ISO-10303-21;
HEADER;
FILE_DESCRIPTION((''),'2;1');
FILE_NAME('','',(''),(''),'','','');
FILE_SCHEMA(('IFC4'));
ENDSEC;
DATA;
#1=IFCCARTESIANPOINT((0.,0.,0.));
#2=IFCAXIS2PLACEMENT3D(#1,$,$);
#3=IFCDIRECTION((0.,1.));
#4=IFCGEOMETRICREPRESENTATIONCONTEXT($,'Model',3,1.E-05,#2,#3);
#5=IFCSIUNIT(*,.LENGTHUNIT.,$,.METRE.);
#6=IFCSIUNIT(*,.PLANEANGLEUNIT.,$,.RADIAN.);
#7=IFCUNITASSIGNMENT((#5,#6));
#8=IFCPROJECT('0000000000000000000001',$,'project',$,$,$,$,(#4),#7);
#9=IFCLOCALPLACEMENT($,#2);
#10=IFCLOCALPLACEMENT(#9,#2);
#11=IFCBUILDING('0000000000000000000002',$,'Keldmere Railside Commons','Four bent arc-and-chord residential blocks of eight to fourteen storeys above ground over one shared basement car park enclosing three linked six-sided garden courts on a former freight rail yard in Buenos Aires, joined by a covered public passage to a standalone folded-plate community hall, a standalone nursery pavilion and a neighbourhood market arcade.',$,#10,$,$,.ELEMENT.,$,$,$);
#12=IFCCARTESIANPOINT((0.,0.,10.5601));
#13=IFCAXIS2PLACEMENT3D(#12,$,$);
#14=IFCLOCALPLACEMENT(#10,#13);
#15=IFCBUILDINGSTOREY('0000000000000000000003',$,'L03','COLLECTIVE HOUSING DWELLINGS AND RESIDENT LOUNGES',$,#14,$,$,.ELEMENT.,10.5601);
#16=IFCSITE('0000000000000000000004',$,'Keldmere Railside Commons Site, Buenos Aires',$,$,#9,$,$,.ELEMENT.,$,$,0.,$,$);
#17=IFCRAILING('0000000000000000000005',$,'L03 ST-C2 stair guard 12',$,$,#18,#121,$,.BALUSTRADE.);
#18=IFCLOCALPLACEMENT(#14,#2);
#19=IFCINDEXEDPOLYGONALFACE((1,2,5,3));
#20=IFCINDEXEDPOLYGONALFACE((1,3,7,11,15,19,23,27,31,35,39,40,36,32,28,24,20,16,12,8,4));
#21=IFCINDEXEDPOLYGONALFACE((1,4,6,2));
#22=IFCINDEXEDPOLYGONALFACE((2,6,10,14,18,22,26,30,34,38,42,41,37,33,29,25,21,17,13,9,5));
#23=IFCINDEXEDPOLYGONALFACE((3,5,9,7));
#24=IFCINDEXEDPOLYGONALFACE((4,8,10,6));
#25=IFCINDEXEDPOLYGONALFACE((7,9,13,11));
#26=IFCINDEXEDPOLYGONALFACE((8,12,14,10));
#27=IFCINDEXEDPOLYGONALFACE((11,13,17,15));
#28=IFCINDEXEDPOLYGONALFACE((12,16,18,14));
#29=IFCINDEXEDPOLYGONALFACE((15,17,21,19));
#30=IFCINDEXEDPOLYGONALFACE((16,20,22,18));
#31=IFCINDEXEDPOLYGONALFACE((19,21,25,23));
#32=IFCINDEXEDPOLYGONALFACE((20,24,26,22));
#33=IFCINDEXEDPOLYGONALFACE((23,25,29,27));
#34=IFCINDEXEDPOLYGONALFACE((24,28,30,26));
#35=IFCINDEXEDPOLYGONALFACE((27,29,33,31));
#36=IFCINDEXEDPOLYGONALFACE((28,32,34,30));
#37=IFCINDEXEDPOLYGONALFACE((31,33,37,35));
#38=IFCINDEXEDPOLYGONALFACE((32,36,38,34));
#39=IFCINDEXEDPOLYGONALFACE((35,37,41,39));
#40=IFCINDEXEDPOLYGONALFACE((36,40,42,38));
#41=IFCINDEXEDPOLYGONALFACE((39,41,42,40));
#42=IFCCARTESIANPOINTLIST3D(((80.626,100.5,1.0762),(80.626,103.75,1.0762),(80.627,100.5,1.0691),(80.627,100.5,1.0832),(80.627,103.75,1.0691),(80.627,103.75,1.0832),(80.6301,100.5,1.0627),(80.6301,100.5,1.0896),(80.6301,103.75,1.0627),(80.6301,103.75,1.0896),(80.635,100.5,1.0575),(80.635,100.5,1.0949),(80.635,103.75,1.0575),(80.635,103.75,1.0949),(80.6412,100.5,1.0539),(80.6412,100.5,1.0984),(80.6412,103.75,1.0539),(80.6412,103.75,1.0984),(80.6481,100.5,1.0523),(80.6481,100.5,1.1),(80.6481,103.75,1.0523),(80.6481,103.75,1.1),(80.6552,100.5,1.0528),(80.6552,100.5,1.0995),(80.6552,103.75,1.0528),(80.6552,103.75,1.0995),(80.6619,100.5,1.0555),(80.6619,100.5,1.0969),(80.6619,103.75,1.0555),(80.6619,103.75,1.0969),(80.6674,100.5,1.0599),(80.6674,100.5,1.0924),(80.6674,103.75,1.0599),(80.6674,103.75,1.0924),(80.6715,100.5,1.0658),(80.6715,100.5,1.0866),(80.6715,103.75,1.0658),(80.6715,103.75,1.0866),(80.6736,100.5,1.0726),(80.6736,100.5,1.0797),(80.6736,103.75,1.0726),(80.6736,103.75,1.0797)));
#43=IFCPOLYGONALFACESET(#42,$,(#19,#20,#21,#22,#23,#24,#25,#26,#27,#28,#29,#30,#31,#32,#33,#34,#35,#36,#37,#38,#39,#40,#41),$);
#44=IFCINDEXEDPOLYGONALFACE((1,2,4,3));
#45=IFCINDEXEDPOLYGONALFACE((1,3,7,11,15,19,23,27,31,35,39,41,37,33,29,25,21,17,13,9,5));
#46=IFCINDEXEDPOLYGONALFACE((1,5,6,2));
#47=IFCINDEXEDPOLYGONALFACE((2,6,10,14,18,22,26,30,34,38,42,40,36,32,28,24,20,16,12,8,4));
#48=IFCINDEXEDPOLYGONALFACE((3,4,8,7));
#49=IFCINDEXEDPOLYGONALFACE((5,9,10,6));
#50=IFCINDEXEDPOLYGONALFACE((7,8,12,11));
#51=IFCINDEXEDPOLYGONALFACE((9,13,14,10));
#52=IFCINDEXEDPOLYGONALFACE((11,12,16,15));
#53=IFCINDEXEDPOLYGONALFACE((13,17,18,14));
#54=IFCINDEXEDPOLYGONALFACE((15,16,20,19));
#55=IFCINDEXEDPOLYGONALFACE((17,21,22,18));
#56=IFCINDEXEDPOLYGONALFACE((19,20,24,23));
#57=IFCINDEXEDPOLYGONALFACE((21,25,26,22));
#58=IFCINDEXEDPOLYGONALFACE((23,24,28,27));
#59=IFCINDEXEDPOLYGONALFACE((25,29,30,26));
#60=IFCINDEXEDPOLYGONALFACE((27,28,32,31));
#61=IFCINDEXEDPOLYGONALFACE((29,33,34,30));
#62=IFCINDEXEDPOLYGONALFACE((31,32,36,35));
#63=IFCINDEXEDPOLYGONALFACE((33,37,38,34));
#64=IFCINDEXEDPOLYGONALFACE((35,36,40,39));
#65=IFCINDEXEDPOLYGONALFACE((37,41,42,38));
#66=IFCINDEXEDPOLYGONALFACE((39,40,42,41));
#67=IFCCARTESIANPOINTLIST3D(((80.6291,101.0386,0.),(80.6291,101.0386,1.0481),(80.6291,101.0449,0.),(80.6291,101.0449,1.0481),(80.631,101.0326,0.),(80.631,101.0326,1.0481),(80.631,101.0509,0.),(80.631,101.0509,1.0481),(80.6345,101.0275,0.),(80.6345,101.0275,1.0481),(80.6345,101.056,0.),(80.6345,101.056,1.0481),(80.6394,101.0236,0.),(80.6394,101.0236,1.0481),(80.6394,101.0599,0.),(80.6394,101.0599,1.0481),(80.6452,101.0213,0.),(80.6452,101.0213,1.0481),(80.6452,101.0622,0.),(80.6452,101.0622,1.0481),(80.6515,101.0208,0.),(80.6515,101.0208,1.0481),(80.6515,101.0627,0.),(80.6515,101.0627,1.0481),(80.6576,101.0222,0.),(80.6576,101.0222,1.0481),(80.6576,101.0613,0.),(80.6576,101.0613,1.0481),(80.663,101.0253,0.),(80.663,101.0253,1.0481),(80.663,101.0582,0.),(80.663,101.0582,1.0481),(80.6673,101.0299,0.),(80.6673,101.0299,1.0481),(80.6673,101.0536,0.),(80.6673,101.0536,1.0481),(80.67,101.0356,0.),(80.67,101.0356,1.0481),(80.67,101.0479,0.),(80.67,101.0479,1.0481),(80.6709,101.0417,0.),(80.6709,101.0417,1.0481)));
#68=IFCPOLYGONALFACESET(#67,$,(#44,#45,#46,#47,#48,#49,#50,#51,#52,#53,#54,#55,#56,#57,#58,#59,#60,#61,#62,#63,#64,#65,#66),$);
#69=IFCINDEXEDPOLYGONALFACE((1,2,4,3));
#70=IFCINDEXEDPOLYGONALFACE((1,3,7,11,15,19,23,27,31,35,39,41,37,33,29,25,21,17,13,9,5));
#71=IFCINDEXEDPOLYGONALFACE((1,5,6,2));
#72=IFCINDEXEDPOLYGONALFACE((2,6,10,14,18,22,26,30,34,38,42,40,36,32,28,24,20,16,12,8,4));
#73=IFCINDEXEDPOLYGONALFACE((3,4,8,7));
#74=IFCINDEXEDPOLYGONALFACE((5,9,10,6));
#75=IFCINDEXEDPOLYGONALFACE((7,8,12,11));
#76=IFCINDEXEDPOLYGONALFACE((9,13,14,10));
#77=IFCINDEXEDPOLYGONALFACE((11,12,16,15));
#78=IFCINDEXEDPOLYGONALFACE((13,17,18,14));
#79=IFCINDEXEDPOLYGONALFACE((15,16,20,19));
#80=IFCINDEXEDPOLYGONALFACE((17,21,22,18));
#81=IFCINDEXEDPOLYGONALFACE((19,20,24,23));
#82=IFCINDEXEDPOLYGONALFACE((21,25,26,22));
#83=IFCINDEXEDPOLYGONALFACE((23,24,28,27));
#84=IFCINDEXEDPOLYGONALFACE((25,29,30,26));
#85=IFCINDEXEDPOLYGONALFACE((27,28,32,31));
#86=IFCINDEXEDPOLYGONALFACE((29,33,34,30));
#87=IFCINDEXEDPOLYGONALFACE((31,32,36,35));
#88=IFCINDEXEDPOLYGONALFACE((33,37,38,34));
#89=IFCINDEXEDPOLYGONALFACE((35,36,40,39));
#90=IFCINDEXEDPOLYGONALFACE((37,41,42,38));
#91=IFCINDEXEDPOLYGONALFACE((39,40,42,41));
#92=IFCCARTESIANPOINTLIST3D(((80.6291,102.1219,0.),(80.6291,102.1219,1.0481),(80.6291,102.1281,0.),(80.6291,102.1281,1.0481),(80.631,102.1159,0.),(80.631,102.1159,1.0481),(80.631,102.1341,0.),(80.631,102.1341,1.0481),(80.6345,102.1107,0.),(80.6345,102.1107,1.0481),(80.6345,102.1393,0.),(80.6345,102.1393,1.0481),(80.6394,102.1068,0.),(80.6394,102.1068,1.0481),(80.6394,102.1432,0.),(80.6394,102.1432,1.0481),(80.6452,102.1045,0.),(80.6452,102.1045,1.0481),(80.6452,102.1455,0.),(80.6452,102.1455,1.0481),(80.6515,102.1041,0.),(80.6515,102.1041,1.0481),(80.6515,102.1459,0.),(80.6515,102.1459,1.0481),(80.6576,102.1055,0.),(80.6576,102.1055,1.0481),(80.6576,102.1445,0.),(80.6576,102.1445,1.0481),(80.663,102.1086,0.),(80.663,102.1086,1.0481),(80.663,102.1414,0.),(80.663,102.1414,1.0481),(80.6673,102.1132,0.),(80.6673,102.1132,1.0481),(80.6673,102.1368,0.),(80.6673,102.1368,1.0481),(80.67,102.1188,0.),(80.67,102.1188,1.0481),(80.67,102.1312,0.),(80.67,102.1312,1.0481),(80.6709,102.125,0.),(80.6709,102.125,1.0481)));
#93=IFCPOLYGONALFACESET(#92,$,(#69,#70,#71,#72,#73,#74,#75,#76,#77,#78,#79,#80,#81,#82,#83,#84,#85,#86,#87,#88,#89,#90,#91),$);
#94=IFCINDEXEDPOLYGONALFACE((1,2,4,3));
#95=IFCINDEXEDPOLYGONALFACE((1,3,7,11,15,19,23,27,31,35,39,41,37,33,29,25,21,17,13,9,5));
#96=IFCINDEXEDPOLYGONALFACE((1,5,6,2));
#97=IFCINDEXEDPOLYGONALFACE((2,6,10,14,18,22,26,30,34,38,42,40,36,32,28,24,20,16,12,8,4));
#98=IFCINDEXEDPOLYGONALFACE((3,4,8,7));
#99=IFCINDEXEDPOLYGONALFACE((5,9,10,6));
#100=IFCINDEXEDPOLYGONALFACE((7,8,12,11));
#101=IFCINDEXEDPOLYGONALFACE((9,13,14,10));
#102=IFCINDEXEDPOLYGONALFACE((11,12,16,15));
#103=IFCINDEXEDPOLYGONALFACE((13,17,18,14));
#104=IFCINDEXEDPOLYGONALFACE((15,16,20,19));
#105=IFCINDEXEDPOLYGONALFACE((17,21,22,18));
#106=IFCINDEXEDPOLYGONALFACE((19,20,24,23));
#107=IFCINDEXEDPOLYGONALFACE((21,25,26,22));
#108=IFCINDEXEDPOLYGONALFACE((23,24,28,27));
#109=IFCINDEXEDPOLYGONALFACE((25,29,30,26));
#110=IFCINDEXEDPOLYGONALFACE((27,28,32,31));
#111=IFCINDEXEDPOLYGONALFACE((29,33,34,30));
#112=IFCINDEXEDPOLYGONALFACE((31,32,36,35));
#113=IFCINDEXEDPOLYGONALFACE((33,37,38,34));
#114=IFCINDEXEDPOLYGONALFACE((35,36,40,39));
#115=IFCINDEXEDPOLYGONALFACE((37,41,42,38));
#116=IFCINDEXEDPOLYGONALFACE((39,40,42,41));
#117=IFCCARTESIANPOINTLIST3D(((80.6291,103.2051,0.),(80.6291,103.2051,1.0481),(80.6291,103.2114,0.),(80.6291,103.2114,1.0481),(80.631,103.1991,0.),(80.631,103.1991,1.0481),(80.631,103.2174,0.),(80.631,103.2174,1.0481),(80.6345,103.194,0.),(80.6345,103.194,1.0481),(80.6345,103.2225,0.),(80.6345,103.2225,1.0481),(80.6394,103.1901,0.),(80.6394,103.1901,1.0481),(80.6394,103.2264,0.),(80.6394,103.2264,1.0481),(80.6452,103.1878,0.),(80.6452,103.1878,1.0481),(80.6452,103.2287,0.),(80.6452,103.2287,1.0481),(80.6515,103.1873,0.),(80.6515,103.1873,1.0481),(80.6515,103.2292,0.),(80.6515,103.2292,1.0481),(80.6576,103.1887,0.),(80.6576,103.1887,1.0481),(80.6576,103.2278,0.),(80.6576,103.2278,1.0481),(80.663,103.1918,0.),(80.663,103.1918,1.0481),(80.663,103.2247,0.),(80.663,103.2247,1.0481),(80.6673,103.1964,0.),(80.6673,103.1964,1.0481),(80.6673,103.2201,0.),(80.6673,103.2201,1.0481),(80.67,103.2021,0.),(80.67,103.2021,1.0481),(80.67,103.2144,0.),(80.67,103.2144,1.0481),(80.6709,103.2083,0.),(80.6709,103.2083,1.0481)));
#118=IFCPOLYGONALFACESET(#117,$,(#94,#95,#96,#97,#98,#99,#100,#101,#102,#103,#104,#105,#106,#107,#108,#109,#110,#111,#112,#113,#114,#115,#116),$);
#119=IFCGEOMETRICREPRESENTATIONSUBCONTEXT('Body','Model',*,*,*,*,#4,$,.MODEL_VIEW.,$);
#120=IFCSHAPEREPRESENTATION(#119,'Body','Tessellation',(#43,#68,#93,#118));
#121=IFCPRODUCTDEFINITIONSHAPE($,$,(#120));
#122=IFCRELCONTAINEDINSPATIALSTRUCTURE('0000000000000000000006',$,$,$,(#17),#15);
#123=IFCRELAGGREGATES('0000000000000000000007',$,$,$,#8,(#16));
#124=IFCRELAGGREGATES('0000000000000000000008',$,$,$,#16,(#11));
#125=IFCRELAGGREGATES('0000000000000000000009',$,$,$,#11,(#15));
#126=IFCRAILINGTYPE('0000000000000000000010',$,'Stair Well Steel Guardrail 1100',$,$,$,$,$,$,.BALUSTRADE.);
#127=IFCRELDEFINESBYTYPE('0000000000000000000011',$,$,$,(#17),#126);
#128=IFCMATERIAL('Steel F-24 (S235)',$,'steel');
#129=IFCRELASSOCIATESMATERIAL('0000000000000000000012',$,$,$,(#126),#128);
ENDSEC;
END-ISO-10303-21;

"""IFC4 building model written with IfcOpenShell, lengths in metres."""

from ifc_helpers import new_model, si_unit, direction, frame, origin, origin_2d, place, context, subcontext, project, spatial, circle, extrude, material, type_object, element, save


model = new_model("IFC4")

# Units and contexts
model_context = context("Model", 3, precision=1e-05, world=origin(), true_north=direction((0.0, 1.0)))
body_context = subcontext(model_context, "Body", "Model", "MODEL_VIEW")
ifc_project = project(units=[si_unit("LENGTHUNIT", "METRE"), si_unit("PLANEANGLEUNIT", "RADIAN")], contexts=[model_context])

# Site, building, storey
site_placement = place(None, origin())
site = spatial("IfcSite", under=ifc_project, at=site_placement, Name="Keldmere Railside Commons Site, Buenos Aires", CompositionType="ELEMENT", RefElevation=0.0)
building_placement = place(site_placement, origin())
building = spatial("IfcBuilding", under=site, at=building_placement, Name="Keldmere Railside Commons", Description="Four bent arc-and-chord residential blocks of eight to fourteen storeys above ground over one shared basement car park enclosing three linked six-sided garden courts on a former freight rail yard in Buenos Aires, joined by a covered public passage to a standalone folded-plate community hall, a standalone nursery pavilion and a neighbourhood market arcade.", CompositionType="ELEMENT")
storey_placement = place(building_placement, frame((0.0, 0.0, 10.5601)))
storey = spatial("IfcBuildingStorey", under=building, at=storey_placement, Name="L03", Description="COLLECTIVE HOUSING DWELLINGS AND RESIDENT LOUNGES", CompositionType="ELEMENT", Elevation=10.5601)

# Railing
ifc_material_1 = material(Name="Steel F-24 (S235)", Category="steel")
railing_type_1 = type_object("IfcRailingType", Name="Stair Well Steel Guardrail 1100", PredefinedType="BALUSTRADE", material=ifc_material_1)
railing_1_placement = place(storey_placement, frame((80.6499, 100.5, 0.0)))
element("IfcRailing", 1, at=railing_1_placement, inside=storey, type_object=railing_type_1, Name="L03 ST-C2 stair guard 12", PredefinedType="BALUSTRADE", context=body_context, shape_type="SweptSolid", body=[
    extrude(circle(Radius=0.0239, at=origin_2d()), frame((0.0, 0.0, 1.0762), z_axis=(0.0, 1.0, 0.0), x_axis=(-1.0, 0.0, 0.0)), (0.0, 0.0, 1.0), 3.25),
    extrude(circle(Radius=0.021, at=origin_2d()), frame((0.0, 0.5417, 0.0)), (0.0, 0.0, 1.0), 1.0481),
    extrude(circle(Radius=0.021, at=origin_2d()), frame((0.0, 1.625, 0.0)), (0.0, 0.0, 1.0), 1.0481),
    extrude(circle(Radius=0.021, at=origin_2d()), frame((0.0, 2.7083, 0.0)), (0.0, 0.0, 1.0), 1.0481),
])

save(model, "model.ifc")
